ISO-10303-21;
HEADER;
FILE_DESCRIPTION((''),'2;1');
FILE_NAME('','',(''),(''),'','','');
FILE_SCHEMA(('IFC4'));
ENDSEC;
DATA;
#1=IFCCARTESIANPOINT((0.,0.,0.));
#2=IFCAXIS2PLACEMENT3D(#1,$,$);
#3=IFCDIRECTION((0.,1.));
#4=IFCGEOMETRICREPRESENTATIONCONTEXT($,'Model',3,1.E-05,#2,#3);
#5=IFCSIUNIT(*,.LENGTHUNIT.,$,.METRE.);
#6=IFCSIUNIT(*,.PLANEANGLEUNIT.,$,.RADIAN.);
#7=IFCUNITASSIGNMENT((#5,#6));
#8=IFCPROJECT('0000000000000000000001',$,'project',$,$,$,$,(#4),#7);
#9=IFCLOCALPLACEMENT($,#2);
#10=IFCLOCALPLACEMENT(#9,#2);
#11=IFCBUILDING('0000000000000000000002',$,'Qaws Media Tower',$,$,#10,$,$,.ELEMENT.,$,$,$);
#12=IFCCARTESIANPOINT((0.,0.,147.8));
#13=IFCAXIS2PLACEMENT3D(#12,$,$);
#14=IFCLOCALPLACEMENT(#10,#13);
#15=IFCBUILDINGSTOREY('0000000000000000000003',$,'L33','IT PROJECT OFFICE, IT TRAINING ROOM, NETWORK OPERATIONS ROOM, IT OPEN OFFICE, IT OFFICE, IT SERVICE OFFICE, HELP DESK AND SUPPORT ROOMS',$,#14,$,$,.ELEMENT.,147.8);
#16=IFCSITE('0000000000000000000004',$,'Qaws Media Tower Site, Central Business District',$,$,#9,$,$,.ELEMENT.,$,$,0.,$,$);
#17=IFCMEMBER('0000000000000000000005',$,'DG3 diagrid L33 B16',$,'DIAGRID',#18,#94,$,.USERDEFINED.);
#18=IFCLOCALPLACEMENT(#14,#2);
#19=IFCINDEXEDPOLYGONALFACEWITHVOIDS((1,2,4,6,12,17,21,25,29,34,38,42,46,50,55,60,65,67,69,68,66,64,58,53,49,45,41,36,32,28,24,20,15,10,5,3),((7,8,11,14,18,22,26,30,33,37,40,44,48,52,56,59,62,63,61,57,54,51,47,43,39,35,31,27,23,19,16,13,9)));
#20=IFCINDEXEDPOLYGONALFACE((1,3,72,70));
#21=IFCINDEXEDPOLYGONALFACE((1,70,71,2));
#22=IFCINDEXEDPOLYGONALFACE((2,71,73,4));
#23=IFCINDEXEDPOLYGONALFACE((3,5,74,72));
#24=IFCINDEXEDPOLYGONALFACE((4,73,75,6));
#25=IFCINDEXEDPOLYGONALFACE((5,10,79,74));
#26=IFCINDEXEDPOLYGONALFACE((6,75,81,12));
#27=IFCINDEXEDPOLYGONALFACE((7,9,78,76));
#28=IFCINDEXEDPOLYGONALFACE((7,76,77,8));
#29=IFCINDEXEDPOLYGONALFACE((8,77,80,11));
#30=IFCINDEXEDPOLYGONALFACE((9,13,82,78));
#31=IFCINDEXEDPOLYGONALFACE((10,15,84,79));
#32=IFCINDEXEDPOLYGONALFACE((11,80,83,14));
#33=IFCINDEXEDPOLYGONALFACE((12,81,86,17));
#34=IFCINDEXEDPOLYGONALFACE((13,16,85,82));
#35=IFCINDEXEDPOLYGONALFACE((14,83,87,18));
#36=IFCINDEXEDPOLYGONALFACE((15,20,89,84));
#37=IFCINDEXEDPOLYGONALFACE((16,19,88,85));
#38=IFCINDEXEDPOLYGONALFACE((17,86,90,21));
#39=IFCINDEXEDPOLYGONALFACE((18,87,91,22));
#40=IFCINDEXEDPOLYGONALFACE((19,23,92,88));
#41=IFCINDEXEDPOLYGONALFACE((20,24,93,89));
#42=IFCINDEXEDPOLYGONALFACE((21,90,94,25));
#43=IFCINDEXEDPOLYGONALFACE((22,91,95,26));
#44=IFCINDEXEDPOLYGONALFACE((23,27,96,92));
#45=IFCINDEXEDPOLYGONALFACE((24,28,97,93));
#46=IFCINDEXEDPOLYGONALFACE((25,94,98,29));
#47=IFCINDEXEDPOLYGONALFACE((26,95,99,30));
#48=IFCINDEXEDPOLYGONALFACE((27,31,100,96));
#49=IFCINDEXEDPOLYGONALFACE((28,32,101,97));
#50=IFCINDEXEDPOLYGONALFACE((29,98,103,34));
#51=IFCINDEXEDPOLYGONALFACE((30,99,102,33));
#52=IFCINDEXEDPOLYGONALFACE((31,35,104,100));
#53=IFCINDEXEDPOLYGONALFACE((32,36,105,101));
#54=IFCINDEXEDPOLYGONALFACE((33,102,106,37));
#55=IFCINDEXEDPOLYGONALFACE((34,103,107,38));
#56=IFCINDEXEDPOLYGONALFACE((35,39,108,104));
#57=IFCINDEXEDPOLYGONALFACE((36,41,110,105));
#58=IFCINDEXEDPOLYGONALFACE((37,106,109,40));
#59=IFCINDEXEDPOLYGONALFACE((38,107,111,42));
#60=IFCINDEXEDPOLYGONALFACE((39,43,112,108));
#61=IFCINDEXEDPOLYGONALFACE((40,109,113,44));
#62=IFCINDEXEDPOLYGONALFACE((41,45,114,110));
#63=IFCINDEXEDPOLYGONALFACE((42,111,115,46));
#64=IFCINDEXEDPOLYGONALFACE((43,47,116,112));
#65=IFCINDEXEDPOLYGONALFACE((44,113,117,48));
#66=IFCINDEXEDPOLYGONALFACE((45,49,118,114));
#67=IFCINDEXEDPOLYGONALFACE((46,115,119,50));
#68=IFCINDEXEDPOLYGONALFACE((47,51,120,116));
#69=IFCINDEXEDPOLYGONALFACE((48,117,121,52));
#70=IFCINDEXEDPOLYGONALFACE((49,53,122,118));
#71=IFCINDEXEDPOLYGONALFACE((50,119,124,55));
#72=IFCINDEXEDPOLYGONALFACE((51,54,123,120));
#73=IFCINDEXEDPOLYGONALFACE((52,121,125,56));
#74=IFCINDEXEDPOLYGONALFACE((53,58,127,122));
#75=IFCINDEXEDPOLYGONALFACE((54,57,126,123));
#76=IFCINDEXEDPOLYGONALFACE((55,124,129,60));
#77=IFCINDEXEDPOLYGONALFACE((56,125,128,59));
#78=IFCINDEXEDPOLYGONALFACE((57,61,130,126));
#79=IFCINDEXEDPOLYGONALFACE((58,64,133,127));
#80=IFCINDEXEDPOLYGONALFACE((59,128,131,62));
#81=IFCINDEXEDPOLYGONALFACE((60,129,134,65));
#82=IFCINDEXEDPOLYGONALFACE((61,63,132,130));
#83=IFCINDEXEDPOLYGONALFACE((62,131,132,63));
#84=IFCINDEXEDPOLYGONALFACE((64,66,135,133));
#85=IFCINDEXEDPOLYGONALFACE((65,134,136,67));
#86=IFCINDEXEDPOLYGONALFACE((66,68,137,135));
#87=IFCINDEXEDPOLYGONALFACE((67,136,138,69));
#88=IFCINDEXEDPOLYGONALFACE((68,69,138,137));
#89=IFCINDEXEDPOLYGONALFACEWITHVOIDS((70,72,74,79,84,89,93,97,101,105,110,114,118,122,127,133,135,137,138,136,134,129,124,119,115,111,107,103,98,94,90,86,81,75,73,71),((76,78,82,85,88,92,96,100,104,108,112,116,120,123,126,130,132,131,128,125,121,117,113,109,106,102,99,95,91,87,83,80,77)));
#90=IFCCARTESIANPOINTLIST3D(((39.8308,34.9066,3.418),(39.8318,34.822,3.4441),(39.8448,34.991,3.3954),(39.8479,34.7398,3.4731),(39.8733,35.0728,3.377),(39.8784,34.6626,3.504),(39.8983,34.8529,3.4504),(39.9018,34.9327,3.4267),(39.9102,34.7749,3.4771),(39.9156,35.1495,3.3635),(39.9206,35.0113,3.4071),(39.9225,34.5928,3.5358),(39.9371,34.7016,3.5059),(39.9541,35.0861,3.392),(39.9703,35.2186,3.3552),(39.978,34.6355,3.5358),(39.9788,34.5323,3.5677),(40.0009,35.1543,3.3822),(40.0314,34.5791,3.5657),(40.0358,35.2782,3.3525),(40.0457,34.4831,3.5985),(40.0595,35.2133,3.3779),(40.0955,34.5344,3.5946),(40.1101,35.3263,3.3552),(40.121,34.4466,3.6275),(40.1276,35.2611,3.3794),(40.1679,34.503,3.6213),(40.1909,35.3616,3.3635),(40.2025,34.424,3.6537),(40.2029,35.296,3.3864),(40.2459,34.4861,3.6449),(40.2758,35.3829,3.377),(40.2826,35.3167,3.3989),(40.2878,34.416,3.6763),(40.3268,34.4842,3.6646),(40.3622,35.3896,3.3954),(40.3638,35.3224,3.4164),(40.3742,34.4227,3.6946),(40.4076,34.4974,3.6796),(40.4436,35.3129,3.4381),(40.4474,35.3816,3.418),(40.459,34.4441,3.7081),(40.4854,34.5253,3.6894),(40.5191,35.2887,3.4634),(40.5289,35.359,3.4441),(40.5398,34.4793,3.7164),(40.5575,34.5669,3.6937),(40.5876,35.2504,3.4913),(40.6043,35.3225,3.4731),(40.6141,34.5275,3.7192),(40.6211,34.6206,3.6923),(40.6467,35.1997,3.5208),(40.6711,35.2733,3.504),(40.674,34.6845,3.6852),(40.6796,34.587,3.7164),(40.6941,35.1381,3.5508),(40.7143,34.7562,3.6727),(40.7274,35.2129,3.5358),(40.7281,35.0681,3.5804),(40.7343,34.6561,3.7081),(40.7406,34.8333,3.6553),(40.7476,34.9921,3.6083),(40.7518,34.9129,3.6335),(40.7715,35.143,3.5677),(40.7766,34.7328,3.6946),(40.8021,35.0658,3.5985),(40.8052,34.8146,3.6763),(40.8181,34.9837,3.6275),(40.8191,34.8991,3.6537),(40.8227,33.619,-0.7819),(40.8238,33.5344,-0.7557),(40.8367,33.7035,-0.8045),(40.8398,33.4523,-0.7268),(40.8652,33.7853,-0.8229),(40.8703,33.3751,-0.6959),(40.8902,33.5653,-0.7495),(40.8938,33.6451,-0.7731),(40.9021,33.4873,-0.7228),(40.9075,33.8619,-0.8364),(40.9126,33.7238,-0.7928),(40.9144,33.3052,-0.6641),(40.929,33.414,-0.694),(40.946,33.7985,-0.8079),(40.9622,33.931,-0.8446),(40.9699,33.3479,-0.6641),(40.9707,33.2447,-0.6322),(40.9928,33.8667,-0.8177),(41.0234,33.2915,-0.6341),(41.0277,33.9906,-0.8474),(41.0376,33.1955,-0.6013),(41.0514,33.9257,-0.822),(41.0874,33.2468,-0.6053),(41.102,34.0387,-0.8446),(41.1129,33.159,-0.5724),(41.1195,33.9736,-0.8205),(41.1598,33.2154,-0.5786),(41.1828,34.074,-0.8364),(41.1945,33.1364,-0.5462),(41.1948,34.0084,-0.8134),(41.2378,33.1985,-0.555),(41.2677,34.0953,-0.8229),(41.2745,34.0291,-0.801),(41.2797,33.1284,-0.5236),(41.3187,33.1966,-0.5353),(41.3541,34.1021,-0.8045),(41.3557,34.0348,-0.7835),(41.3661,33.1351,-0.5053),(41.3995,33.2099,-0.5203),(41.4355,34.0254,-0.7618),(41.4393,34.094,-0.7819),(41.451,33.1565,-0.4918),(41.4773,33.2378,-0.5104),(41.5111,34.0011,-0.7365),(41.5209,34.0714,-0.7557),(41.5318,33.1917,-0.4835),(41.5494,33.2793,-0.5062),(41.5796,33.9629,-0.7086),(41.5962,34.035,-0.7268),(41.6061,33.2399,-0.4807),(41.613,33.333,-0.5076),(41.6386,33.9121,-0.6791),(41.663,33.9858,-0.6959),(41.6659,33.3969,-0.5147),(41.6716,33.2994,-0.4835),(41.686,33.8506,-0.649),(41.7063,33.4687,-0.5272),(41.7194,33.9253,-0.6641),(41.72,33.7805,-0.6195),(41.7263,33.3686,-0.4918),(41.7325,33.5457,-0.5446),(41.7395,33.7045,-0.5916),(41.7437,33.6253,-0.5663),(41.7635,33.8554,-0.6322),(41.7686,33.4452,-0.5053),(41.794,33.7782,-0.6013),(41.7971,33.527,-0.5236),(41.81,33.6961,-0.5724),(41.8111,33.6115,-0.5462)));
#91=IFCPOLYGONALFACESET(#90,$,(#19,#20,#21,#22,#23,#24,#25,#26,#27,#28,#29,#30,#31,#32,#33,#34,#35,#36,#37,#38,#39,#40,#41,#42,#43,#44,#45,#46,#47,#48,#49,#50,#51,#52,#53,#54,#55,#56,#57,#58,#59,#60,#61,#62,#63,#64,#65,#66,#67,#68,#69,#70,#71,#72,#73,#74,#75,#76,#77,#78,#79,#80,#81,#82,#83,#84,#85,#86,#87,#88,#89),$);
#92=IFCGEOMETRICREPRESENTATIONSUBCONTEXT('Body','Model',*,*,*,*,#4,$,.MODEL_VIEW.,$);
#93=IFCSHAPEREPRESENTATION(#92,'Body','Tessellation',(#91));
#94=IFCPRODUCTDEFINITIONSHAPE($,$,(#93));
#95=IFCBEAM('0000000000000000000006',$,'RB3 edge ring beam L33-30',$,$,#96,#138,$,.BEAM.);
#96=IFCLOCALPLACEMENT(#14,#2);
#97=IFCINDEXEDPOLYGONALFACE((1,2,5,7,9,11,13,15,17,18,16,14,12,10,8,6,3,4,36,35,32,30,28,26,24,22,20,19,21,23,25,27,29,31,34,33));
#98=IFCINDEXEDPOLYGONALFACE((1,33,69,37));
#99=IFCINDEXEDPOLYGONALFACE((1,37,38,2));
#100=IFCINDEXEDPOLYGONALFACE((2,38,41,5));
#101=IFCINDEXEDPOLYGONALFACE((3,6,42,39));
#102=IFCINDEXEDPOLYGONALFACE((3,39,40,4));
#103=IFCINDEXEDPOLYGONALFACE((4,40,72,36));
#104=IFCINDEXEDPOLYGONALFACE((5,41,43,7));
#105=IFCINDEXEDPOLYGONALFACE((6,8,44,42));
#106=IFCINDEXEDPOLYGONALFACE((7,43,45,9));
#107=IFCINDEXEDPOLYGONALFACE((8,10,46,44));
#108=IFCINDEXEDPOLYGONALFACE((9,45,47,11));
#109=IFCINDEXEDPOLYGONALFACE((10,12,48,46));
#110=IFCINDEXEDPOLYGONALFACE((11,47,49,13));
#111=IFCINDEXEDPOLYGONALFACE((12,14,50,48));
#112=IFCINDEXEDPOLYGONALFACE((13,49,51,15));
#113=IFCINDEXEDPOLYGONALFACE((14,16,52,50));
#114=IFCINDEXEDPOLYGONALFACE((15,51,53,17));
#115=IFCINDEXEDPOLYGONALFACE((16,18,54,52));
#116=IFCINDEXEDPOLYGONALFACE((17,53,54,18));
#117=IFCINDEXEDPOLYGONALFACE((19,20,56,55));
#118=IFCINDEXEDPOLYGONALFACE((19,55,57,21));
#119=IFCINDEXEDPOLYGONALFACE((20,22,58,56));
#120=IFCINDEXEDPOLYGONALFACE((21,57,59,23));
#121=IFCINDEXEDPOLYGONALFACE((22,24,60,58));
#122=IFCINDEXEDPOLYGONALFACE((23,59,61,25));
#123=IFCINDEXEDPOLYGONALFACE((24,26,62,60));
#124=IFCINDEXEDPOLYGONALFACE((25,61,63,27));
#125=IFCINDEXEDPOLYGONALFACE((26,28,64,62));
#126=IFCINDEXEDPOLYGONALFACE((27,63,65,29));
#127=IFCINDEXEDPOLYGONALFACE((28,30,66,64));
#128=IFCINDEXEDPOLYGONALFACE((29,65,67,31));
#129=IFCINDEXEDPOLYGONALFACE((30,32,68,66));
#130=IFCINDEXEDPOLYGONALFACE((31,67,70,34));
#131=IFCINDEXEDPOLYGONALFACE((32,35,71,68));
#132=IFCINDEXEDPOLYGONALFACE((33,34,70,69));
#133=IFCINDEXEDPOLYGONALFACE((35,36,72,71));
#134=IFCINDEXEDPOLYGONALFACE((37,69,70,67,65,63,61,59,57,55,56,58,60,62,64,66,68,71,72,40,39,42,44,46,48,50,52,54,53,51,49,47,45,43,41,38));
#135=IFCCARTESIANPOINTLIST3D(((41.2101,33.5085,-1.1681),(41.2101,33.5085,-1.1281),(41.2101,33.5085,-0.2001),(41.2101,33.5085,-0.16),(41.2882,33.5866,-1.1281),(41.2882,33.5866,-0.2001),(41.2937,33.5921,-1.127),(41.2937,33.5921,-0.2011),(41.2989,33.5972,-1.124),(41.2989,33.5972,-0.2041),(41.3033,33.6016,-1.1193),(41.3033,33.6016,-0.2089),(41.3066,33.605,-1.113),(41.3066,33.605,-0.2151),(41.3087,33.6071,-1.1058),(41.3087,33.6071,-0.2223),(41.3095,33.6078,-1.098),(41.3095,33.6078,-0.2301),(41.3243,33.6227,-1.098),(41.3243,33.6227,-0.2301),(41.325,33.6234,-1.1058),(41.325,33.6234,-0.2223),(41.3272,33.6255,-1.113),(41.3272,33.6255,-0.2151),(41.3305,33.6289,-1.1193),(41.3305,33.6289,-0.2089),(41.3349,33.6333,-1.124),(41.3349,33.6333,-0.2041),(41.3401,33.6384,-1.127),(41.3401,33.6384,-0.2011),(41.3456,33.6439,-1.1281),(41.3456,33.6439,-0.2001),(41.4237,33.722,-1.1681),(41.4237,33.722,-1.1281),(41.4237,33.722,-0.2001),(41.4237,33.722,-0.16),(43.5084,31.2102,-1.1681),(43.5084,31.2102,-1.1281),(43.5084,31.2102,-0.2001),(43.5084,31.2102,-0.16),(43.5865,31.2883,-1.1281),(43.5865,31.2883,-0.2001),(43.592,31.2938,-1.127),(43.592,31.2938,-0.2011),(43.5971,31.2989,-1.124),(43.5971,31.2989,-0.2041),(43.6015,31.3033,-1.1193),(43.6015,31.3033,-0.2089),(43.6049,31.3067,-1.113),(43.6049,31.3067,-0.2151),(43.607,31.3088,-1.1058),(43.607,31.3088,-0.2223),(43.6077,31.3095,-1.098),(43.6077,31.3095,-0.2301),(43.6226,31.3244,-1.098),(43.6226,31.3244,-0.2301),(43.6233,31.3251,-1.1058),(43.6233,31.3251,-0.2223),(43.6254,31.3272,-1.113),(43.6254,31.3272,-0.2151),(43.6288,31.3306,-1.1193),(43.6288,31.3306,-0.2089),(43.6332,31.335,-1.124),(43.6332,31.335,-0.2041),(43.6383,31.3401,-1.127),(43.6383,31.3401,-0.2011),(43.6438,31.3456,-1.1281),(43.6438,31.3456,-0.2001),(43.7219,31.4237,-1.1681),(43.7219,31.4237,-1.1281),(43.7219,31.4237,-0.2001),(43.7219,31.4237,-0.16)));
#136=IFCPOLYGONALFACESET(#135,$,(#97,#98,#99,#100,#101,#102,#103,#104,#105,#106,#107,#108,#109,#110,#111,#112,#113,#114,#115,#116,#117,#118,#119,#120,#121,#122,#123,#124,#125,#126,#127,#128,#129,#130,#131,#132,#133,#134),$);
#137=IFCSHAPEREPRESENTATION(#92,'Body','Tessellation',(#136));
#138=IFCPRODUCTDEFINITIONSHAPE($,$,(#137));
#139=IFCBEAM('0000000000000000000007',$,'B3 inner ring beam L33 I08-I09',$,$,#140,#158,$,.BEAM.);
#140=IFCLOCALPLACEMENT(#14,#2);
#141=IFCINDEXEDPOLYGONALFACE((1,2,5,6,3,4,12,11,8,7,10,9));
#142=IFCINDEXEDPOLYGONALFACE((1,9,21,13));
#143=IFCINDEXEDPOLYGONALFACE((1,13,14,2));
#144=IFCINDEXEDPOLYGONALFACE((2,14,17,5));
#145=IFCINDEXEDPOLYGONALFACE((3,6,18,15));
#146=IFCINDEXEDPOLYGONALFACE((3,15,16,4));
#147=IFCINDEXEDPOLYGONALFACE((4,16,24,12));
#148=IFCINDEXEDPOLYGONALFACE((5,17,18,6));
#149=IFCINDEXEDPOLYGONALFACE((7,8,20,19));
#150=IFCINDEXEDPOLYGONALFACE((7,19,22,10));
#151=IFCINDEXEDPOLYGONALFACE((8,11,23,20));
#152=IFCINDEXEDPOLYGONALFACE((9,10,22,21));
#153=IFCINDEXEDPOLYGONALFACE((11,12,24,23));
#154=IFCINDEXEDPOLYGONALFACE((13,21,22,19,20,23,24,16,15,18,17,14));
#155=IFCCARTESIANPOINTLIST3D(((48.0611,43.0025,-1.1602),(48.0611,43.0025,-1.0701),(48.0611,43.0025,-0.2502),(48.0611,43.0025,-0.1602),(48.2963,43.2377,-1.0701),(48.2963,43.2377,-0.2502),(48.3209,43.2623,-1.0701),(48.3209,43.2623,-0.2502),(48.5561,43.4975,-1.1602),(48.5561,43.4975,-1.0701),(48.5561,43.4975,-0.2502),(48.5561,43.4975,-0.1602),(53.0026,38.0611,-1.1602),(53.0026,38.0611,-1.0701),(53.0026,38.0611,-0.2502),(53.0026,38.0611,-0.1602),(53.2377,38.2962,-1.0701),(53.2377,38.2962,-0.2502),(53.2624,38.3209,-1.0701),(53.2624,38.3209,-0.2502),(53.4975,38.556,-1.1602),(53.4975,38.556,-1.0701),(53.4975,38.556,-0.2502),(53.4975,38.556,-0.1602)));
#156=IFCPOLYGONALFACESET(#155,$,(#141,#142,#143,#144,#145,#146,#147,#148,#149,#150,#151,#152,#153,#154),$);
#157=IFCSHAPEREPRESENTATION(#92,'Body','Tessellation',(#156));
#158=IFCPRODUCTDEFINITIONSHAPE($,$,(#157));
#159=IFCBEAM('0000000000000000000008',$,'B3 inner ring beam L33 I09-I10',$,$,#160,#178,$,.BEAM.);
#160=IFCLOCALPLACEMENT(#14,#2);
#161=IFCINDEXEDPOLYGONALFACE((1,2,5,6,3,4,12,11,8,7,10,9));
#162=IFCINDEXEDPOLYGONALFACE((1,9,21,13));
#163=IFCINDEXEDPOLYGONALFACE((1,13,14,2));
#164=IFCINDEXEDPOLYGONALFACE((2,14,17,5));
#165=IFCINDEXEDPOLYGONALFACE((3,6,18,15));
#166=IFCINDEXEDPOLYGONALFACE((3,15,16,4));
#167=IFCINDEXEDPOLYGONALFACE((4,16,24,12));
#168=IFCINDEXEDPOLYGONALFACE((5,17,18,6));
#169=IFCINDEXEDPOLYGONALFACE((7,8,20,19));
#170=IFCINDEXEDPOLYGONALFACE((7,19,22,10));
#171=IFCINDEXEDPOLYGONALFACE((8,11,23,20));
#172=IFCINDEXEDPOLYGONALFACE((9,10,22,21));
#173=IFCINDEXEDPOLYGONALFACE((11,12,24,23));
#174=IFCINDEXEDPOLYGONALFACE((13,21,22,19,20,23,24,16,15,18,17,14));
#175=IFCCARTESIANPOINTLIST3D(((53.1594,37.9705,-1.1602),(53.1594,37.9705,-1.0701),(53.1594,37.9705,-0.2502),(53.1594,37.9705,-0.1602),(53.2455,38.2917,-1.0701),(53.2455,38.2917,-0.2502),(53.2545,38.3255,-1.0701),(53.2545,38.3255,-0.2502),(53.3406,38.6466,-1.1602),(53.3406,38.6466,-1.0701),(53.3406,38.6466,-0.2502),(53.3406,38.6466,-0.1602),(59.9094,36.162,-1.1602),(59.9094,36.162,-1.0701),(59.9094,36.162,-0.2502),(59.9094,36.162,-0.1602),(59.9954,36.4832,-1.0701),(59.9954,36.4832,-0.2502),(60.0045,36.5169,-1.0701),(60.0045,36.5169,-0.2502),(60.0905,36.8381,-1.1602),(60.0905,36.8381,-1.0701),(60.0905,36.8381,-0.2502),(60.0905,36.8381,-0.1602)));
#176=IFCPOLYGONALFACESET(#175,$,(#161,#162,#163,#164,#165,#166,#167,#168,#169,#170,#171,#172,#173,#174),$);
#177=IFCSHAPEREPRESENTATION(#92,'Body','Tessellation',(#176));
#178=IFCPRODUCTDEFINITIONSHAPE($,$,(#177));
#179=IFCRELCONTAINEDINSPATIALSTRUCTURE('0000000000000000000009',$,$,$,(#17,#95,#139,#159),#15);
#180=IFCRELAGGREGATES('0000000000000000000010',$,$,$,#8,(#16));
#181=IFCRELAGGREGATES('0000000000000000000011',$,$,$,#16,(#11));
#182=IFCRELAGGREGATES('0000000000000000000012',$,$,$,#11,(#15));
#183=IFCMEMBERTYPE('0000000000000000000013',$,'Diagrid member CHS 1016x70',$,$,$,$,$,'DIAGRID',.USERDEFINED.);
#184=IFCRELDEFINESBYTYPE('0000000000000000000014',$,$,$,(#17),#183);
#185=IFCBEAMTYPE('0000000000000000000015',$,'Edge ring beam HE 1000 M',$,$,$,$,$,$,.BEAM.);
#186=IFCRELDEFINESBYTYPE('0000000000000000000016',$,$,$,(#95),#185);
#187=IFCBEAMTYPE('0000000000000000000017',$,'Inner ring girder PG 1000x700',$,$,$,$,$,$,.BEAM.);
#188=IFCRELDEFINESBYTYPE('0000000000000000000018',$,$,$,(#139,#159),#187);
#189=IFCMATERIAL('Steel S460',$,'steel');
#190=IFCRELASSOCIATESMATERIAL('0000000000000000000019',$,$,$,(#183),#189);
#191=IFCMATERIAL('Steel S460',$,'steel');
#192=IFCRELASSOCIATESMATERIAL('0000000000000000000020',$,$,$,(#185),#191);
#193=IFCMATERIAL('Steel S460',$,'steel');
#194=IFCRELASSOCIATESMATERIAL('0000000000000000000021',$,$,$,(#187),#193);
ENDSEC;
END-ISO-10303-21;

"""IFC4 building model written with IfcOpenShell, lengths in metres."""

from ifc_helpers import new_model, si_unit, direction, frame, origin, origin_2d, place, context, subcontext, project, spatial, hollow_circle, i_section, extrude, material, material_profile, profile_set, type_object, element, save


model = new_model("IFC4")

# Units and contexts
model_context = context("Model", 3, precision=1e-05, world=origin(), true_north=direction((0.0, 1.0)))
body_context = subcontext(model_context, "Body", "Model", "MODEL_VIEW")
ifc_project = project(units=[si_unit("LENGTHUNIT", "METRE"), si_unit("PLANEANGLEUNIT", "RADIAN")], contexts=[model_context])

# Site, building, storey
site_placement = place(None, origin())
site = spatial("IfcSite", under=ifc_project, at=site_placement, Name="Qaws Media Tower Site, Central Business District", CompositionType="ELEMENT", RefElevation=0.0)
building_placement = place(site_placement, origin())
building = spatial("IfcBuilding", under=site, at=building_placement, Name="Qaws Media Tower", CompositionType="ELEMENT")
storey_placement = place(building_placement, frame((0.0, 0.0, 147.8)))
storey = spatial("IfcBuildingStorey", under=building, at=storey_placement, Name="L33", Description="IT PROJECT OFFICE, IT TRAINING ROOM, NETWORK OPERATIONS ROOM, IT OPEN OFFICE, IT OFFICE, IT SERVICE OFFICE, HELP DESK AND SUPPORT ROOMS", CompositionType="ELEMENT", Elevation=147.8)

# Member
ifc_material_1 = material(Name="Steel S460", Category="steel")
ifc_material_profile_1 = material_profile(ifc_material_1, hollow_circle(Radius=0.5081, WallThickness=0.0701, at=origin_2d()), Name="CHS 1016x70")
ifc_profile_set_1 = profile_set([ifc_material_profile_1], Name="Steel S460")
member_type_1 = type_object("IfcMemberType", Name="Diagrid member CHS 1016x70", ElementType="DIAGRID", PredefinedType="USERDEFINED", material=ifc_profile_set_1)
member_1_placement = place(storey_placement, frame((41.3169, 33.6152, -0.6641), z_axis=(-0.220261, 0.285911, 0.932599), x_axis=(-0.792183, -0.610284, 0.0)))
element("IfcMember", 1, at=member_1_placement, inside=storey, type_object=member_type_1, Name="DG3 diagrid L33 B16", ObjectType="DIAGRID", PredefinedType="USERDEFINED", context=body_context, shape_type="SweptSolid", body=[
    extrude(hollow_circle(Radius=0.5081, WallThickness=0.0701, at=origin_2d()), origin(), (0.0, 0.0, 1.0), 4.5034),
])

# Beams
ifc_material_2 = material(Name="Steel S460", Category="steel")
ifc_material_profile_2 = material_profile(ifc_material_2, i_section(OverallWidth=0.302, OverallDepth=1.0081, WebThickness=0.021, FlangeThickness=0.04, FilletRadius=0.03, at=origin_2d()), Name="HE 1000 M")
ifc_profile_set_2 = profile_set([ifc_material_profile_2], Name="Steel S460")
beam_type_1 = type_object("IfcBeamType", Name="Edge ring beam HE 1000 M", PredefinedType="BEAM", material=ifc_profile_set_2)
beam_1_placement = place(storey_placement, frame((41.3169, 33.6152, -0.6641), z_axis=(0.707107, -0.707107, 0.0), x_axis=(0.707107, 0.707107, 0.0)))
element("IfcBeam", 2, at=beam_1_placement, inside=storey, type_object=beam_type_1, Name="RB3 edge ring beam L33-30", PredefinedType="BEAM", context=body_context, shape_type="SweptSolid", body=[
    extrude(i_section(OverallWidth=0.302, OverallDepth=1.0081, WebThickness=0.021, FlangeThickness=0.04, FilletRadius=0.03, at=origin_2d()), origin(), (0.0, 0.0, 1.0), 3.2502),
])
ifc_material_3 = material(Name="Steel S460", Category="steel")
ifc_material_profile_3 = material_profile(ifc_material_3, i_section(OverallWidth=0.7, OverallDepth=1.0, WebThickness=0.0349, FlangeThickness=0.0901, at=origin_2d()), Name="PG 1000x700")
ifc_profile_set_3 = profile_set([ifc_material_profile_3], Name="Steel S460")
beam_type_2 = type_object("IfcBeamType", Name="Inner ring girder PG 1000x700", PredefinedType="BEAM", material=ifc_profile_set_3)
beam_2_placement = place(storey_placement, frame((48.3086, 43.25, -0.6602), z_axis=(0.707107, -0.707107, 0.0), x_axis=(0.707107, 0.707107, 0.0)))
element("IfcBeam", 3, at=beam_2_placement, inside=storey, type_object=beam_type_2, Name="B3 inner ring beam L33 I08-I09", PredefinedType="BEAM", context=body_context, shape_type="SweptSolid", body=[
    extrude(i_section(OverallWidth=0.7, OverallDepth=1.0, WebThickness=0.0349, FlangeThickness=0.0901, at=origin_2d()), origin(), (0.0, 0.0, 1.0), 6.9883),
])
beam_3_placement = place(storey_placement, frame((53.25, 38.3086, -0.6602), z_axis=(0.965928, -0.258811, 0.0), x_axis=(0.258811, 0.965928, 0.0)))
element("IfcBeam", 4, at=beam_3_placement, inside=storey, type_object=beam_type_2, Name="B3 inner ring beam L33 I09-I10", PredefinedType="BEAM", context=body_context, shape_type="SweptSolid", body=[
    extrude(i_section(OverallWidth=0.7, OverallDepth=1.0, WebThickness=0.0349, FlangeThickness=0.0901, at=origin_2d()), origin(), (0.0, 0.0, 1.0), 6.988),
])

save(model, "model.ifc")
